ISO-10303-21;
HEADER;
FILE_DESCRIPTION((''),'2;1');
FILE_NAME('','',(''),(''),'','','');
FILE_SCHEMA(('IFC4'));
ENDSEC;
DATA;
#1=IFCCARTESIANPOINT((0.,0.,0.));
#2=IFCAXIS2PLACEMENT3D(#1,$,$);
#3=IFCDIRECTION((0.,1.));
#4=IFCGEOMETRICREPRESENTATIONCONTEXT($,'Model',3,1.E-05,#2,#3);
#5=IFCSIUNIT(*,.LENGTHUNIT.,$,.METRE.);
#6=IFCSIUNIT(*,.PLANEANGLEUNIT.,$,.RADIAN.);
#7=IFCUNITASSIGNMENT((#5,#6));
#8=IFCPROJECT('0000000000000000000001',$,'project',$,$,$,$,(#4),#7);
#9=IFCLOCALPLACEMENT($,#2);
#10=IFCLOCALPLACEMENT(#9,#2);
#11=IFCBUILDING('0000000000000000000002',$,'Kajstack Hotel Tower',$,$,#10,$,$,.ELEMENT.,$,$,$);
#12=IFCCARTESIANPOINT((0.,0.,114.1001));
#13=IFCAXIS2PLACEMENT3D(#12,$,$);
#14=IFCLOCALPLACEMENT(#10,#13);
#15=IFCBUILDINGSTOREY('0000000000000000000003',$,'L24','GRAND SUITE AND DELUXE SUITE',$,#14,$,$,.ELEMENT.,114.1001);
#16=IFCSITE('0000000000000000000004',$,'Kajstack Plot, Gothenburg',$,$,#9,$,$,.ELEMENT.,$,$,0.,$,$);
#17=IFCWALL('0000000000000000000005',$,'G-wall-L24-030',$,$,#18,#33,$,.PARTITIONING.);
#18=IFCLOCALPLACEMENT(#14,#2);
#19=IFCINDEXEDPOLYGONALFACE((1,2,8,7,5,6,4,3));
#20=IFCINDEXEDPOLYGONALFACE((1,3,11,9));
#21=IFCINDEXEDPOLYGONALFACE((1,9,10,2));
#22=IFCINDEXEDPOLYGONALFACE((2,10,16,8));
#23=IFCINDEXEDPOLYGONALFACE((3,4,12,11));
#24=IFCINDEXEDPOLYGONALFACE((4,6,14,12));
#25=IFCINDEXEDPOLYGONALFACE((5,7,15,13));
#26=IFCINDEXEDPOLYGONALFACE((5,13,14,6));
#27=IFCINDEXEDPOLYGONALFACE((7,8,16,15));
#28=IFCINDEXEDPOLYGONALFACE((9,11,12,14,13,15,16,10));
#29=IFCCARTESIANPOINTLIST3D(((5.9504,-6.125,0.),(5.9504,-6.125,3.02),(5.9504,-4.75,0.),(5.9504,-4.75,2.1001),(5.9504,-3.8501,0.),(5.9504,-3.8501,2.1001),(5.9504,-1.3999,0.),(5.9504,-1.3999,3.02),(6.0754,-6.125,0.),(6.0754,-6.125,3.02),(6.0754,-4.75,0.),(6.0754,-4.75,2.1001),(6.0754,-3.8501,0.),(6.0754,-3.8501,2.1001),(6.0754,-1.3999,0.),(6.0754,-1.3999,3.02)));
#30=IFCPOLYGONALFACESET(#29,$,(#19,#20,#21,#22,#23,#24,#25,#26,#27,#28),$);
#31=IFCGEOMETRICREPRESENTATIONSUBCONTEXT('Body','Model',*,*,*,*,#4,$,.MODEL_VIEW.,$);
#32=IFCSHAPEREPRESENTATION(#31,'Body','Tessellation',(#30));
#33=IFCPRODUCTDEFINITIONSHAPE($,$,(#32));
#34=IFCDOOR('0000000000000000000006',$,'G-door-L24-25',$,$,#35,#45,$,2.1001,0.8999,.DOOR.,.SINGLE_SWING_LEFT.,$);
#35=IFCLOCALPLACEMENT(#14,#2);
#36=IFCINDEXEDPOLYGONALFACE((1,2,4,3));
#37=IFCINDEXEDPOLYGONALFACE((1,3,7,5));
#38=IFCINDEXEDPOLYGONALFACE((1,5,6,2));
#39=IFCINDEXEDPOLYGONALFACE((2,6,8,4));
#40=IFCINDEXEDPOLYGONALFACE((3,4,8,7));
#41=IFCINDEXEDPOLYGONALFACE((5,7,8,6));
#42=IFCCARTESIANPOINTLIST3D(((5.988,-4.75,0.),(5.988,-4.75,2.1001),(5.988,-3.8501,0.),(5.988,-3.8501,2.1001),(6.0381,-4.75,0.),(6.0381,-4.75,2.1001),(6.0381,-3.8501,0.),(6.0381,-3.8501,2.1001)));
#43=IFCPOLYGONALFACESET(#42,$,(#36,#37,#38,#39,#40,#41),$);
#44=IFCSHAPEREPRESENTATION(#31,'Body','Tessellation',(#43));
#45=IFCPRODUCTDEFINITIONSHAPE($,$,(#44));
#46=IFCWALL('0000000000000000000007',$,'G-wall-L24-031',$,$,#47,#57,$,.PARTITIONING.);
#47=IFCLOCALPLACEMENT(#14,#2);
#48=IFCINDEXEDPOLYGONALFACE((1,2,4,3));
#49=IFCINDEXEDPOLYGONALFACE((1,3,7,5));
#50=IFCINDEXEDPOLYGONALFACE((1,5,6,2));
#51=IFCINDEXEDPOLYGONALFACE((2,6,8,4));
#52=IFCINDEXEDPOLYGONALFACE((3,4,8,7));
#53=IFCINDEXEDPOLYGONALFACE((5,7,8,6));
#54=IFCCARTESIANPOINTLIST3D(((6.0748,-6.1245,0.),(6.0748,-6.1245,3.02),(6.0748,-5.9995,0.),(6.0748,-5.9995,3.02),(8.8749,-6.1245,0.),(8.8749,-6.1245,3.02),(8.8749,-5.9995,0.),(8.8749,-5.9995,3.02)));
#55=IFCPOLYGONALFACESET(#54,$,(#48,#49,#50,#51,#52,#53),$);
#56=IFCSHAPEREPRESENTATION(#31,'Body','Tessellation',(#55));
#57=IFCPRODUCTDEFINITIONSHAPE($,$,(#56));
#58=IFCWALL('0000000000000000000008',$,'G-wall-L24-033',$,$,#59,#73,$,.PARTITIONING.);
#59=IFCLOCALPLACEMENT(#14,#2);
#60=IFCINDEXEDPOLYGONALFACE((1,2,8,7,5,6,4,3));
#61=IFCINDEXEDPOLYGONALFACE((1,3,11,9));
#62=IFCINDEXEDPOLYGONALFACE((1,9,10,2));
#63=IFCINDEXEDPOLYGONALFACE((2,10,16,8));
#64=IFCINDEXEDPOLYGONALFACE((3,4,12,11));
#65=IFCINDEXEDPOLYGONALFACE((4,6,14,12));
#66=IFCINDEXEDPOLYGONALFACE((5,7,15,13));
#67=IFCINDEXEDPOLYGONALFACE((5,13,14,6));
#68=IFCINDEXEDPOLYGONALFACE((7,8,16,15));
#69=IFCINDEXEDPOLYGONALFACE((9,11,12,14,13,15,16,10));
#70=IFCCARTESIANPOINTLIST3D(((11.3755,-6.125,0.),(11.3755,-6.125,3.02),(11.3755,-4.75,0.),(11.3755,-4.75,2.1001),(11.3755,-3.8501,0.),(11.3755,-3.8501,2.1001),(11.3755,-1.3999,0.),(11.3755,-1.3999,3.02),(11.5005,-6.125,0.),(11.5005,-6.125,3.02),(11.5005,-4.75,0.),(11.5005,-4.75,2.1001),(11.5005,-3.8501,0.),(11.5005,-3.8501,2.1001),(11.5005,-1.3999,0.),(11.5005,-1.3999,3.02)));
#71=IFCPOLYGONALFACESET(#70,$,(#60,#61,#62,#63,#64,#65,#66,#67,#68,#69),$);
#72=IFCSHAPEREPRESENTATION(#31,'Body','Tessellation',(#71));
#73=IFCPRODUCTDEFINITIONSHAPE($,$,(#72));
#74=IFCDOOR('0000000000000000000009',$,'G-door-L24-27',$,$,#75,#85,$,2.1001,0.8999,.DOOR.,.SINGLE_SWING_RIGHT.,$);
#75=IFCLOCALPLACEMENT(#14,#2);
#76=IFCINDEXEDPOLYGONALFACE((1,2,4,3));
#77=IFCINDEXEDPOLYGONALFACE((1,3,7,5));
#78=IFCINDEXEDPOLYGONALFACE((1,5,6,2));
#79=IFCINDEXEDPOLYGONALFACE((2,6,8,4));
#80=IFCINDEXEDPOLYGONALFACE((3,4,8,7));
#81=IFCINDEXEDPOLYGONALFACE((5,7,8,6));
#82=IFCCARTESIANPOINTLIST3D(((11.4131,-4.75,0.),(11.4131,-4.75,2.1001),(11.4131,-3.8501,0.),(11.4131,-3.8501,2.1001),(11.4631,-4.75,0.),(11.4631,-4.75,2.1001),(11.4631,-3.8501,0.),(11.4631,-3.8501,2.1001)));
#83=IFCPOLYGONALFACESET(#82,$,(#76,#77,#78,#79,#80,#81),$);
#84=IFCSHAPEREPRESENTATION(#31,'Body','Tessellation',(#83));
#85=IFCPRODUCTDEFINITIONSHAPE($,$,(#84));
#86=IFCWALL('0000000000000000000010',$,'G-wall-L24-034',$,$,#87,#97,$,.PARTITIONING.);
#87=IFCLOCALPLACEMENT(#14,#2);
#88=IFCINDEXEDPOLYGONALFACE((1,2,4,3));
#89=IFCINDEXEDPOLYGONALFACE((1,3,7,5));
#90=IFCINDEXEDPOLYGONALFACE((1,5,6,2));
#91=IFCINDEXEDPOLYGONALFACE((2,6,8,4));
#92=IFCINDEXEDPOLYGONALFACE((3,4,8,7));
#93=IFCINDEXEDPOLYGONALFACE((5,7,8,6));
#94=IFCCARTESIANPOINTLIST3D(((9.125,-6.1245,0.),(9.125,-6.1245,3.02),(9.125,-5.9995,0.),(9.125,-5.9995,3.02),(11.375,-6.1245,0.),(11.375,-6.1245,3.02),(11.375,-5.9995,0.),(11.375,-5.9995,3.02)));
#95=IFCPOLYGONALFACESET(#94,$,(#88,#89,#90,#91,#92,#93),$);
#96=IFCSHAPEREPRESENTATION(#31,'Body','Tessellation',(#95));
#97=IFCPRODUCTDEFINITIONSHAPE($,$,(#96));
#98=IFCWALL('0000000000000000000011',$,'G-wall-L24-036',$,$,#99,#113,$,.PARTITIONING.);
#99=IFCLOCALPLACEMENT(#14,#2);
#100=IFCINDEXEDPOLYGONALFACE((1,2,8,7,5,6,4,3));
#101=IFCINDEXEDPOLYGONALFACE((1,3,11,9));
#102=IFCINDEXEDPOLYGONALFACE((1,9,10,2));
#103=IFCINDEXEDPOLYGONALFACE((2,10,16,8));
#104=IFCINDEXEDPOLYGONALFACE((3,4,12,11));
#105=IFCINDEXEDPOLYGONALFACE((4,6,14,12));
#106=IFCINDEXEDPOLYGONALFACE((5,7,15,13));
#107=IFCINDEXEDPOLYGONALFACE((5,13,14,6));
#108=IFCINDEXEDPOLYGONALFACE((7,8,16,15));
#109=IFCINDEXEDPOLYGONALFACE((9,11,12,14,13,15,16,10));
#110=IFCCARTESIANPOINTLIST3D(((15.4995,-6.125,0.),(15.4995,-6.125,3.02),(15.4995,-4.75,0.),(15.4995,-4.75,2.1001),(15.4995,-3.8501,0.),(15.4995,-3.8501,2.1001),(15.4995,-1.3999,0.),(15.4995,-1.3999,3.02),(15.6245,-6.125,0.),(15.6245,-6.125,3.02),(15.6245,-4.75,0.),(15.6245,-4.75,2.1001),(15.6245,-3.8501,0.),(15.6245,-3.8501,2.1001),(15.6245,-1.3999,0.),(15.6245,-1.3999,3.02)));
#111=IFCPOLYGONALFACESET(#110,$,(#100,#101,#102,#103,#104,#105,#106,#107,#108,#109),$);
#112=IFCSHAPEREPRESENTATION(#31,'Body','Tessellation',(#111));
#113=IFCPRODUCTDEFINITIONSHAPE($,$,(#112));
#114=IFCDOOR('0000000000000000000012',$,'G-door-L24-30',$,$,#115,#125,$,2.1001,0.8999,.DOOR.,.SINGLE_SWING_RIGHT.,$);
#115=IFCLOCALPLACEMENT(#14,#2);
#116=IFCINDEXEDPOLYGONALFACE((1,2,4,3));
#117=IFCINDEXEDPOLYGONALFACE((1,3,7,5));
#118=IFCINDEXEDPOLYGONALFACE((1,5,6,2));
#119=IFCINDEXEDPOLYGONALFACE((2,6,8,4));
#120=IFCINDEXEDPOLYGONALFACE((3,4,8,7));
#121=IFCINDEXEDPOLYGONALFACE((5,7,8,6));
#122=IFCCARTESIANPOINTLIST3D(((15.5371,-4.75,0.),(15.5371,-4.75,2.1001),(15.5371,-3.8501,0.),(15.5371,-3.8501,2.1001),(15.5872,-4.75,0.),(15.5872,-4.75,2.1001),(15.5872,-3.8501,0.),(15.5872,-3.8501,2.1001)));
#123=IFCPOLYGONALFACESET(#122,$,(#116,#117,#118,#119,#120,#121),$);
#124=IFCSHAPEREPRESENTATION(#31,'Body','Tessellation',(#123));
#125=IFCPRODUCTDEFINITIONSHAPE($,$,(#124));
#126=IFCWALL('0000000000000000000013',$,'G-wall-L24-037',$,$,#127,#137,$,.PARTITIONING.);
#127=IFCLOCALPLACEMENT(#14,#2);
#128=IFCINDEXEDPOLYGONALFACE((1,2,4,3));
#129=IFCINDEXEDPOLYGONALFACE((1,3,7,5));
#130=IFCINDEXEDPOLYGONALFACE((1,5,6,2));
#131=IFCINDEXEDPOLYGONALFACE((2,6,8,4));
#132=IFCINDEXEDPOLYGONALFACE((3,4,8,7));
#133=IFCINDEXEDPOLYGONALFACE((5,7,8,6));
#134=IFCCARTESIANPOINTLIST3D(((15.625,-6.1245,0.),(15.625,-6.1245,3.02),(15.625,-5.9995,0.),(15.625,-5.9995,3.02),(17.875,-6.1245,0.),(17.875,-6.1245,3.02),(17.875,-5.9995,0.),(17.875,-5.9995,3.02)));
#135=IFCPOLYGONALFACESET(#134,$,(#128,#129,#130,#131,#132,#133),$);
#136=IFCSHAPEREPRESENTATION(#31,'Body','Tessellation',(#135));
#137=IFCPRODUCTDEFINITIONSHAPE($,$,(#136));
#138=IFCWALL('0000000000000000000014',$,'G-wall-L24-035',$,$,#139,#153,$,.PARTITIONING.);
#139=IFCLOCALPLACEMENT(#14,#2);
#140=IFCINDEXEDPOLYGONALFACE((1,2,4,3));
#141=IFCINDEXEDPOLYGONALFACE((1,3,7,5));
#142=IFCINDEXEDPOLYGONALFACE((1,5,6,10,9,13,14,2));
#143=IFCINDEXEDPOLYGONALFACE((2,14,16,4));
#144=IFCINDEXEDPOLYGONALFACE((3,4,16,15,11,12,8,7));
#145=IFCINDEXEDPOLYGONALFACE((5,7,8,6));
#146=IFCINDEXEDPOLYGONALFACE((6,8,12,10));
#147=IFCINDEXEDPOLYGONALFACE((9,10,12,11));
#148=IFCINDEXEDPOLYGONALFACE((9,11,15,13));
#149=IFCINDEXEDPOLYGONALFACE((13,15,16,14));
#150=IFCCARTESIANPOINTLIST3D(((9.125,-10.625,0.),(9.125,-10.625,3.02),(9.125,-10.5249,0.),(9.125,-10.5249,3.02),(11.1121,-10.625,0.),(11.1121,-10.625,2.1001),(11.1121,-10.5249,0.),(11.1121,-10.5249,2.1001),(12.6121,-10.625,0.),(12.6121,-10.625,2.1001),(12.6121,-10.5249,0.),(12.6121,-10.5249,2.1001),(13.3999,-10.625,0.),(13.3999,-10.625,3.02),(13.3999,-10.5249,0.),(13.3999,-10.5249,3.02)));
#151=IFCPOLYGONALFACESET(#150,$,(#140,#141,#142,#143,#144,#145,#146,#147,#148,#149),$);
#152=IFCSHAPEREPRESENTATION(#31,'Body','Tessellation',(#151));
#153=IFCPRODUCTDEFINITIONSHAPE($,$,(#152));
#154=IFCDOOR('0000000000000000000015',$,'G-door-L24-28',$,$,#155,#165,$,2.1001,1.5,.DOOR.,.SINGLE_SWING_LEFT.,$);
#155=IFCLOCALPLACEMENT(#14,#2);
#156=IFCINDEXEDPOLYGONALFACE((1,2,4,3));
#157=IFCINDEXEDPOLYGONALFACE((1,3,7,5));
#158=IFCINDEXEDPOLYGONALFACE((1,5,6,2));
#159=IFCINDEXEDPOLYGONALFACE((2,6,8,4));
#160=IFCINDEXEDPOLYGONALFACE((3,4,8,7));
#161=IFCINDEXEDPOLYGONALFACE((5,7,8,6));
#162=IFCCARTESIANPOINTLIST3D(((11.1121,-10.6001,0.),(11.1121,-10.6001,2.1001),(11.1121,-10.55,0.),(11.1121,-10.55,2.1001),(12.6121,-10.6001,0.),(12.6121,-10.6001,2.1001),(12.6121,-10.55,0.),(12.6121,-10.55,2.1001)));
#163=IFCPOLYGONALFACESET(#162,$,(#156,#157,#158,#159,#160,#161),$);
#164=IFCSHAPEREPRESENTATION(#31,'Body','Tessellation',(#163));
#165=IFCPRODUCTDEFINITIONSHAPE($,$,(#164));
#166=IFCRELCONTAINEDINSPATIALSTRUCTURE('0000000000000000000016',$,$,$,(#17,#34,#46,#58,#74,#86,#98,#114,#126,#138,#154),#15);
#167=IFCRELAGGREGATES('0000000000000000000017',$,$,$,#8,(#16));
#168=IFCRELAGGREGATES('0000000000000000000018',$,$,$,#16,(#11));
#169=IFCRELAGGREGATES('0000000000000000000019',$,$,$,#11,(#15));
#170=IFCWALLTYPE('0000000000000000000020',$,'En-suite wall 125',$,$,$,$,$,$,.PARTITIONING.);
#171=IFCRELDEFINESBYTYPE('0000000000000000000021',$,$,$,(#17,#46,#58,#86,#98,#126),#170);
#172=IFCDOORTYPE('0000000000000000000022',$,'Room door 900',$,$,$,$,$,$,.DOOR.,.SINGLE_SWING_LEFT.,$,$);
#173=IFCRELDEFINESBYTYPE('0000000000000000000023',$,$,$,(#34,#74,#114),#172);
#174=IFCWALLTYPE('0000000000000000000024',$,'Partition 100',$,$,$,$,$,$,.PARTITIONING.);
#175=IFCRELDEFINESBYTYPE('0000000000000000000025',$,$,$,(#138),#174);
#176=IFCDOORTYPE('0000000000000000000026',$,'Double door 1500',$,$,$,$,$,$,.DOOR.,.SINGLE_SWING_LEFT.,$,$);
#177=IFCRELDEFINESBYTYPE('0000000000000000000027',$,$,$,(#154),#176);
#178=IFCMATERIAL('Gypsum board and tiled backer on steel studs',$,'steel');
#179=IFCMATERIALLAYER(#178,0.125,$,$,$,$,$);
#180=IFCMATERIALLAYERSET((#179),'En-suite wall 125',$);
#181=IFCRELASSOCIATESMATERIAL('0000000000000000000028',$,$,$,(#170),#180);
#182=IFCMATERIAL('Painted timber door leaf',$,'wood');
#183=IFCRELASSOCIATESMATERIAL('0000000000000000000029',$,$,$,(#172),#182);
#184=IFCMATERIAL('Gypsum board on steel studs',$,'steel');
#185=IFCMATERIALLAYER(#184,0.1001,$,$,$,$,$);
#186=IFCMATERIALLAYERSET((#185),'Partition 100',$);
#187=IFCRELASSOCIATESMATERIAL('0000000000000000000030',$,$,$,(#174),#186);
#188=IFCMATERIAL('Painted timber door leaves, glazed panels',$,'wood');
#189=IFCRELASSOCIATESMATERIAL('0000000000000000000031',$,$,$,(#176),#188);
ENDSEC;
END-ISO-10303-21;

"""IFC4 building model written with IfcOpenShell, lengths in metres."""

from ifc_helpers import new_model, si_unit, direction, frame, frame_2d, origin, place, context, subcontext, project, spatial, rectangle, extrude, material, layer, layer_set, type_object, element, fill, save


model = new_model("IFC4")

# Units and contexts
model_context = context("Model", 3, precision=1e-05, world=origin(), true_north=direction((0.0, 1.0)))
body_context = subcontext(model_context, "Body", "Model", "MODEL_VIEW")
ifc_project = project(units=[si_unit("LENGTHUNIT", "METRE"), si_unit("PLANEANGLEUNIT", "RADIAN")], contexts=[model_context])

# Site, building, storey
site_placement = place(None, origin())
site = spatial("IfcSite", under=ifc_project, at=site_placement, Name="Kajstack Plot, Gothenburg", CompositionType="ELEMENT", RefElevation=0.0)
building_placement = place(site_placement, origin())
building = spatial("IfcBuilding", under=site, at=building_placement, Name="Kajstack Hotel Tower", CompositionType="ELEMENT")
storey_placement = place(building_placement, frame((0.0, 0.0, 114.1001)))
storey = spatial("IfcBuildingStorey", under=building, at=storey_placement, Name="L24", Description="GRAND SUITE AND DELUXE SUITE", CompositionType="ELEMENT", Elevation=114.1001)

# Wall, opening, door
ifc_material_1 = material(Name="Gypsum board and tiled backer on steel studs", Category="steel")
ifc_layer_1 = layer(ifc_material_1, 0.125)
ifc_layer_set_1 = layer_set([ifc_layer_1], Name="En-suite wall 125")
wall_type_1 = type_object("IfcWallType", Name="En-suite wall 125", PredefinedType="PARTITIONING", material=ifc_layer_set_1)
ifc_material_2 = material(Name="Painted timber door leaf", Category="wood")
door_type_1 = type_object("IfcDoorType", Name="Room door 900", OperationType="SINGLE_SWING_LEFT", PredefinedType="DOOR", material=ifc_material_2)
wall_1_placement = place(storey_placement, frame((6.0129, -6.125, 0.0), z_axis=(0.0, 0.0, 1.0), x_axis=(0.0, 1.0, 0.0)))
wall_1 = element("IfcWall", 1, at=wall_1_placement, inside=storey, type_object=wall_type_1, Name="G-wall-L24-030", PredefinedType="PARTITIONING", context=body_context, shape_type="SweptSolid", body=[
    extrude(rectangle(XDim=4.7251, YDim=0.125, at=frame_2d((2.3625, 0.0))), origin(), (0.0, 0.0, 1.0), 3.02),
])
opening_1_placement = place(wall_1_placement, frame((1.375, 0.0, 0.0)))
opening_1 = element("IfcOpeningElement", 2, at=opening_1_placement, cuts=wall_1, PredefinedType="OPENING", context=body_context, shape_type="SweptSolid", body=[
    extrude(rectangle(XDim=0.8999, YDim=2.1001, at=frame_2d((0.45, 1.05))), frame((0.0, 0.0725, 0.0), z_axis=(0.0, -1.0, 0.0), x_axis=(1.0, 0.0, 0.0)), (0.0, 0.0, 1.0), 0.145),
])
door_1_placement = place(opening_1_placement, origin())
door_1 = element("IfcDoor", 3, at=door_1_placement, inside=storey, type_object=door_type_1, Name="G-door-L24-25", OperationType="SINGLE_SWING_LEFT", OverallHeight=2.1001, OverallWidth=0.8999, PredefinedType="DOOR", context=body_context, shape_type="SweptSolid", body=[
    extrude(rectangle(XDim=0.8999, YDim=2.1001, at=frame_2d((0.45, 1.05))), frame((0.0, 0.0249, 0.0), z_axis=(0.0, -1.0, 0.0), x_axis=(1.0, 0.0, 0.0)), (0.0, 0.0, 1.0), 0.05),
])
fill(opening_1, door_1)

# Wall
wall_2_placement = place(storey_placement, frame((6.075, -6.062, 0.0), z_axis=(0.0, 0.0, 1.0), x_axis=(1.0, 0.0, 0.0)))
element("IfcWall", 4, at=wall_2_placement, inside=storey, type_object=wall_type_1, Name="G-wall-L24-031", PredefinedType="PARTITIONING", context=body_context, shape_type="SweptSolid", body=[
    extrude(rectangle(XDim=2.8, YDim=0.125, at=frame_2d((1.3999, 0.0))), origin(), (0.0, 0.0, 1.0), 3.02),
])

# Wall, opening, door
wall_3_placement = place(storey_placement, frame((11.438, -6.125, 0.0), z_axis=(0.0, 0.0, 1.0), x_axis=(0.0, 1.0, 0.0)))
wall_3 = element("IfcWall", 5, at=wall_3_placement, inside=storey, type_object=wall_type_1, Name="G-wall-L24-033", PredefinedType="PARTITIONING", context=body_context, shape_type="SweptSolid", body=[
    extrude(rectangle(XDim=4.7251, YDim=0.125, at=frame_2d((2.3625, 0.0))), origin(), (0.0, 0.0, 1.0), 3.02),
])
opening_2_placement = place(wall_3_placement, frame((1.375, 0.0, 0.0)))
opening_2 = element("IfcOpeningElement", 6, at=opening_2_placement, cuts=wall_3, PredefinedType="OPENING", context=body_context, shape_type="SweptSolid", body=[
    extrude(rectangle(XDim=0.8999, YDim=2.1001, at=frame_2d((0.45, 1.05))), frame((0.0, 0.0725, 0.0), z_axis=(0.0, -1.0, 0.0), x_axis=(1.0, 0.0, 0.0)), (0.0, 0.0, 1.0), 0.145),
])
door_2_placement = place(opening_2_placement, origin())
door_2 = element("IfcDoor", 7, at=door_2_placement, inside=storey, type_object=door_type_1, Name="G-door-L24-27", OperationType="SINGLE_SWING_RIGHT", OverallHeight=2.1001, OverallWidth=0.8999, PredefinedType="DOOR", context=body_context, shape_type="SweptSolid", body=[
    extrude(rectangle(XDim=0.8999, YDim=2.1001, at=frame_2d((0.45, 1.05))), frame((0.0, 0.0249, 0.0), z_axis=(0.0, -1.0, 0.0), x_axis=(1.0, 0.0, 0.0)), (0.0, 0.0, 1.0), 0.05),
])
fill(opening_2, door_2)

# Wall
wall_4_placement = place(storey_placement, frame((9.125, -6.062, 0.0), z_axis=(0.0, 0.0, 1.0), x_axis=(1.0, 0.0, 0.0)))
element("IfcWall", 8, at=wall_4_placement, inside=storey, type_object=wall_type_1, Name="G-wall-L24-034", PredefinedType="PARTITIONING", context=body_context, shape_type="SweptSolid", body=[
    extrude(rectangle(XDim=2.25, YDim=0.125, at=frame_2d((1.125, 0.0))), origin(), (0.0, 0.0, 1.0), 3.02),
])

# Wall, opening, door
wall_5_placement = place(storey_placement, frame((15.562, -6.125, 0.0), z_axis=(0.0, 0.0, 1.0), x_axis=(0.0, 1.0, 0.0)))
wall_5 = element("IfcWall", 9, at=wall_5_placement, inside=storey, type_object=wall_type_1, Name="G-wall-L24-036", PredefinedType="PARTITIONING", context=body_context, shape_type="SweptSolid", body=[
    extrude(rectangle(XDim=4.7251, YDim=0.125, at=frame_2d((2.3625, 0.0))), origin(), (0.0, 0.0, 1.0), 3.02),
])
opening_3_placement = place(wall_5_placement, frame((1.375, 0.0, 0.0)))
opening_3 = element("IfcOpeningElement", 10, at=opening_3_placement, cuts=wall_5, PredefinedType="OPENING", context=body_context, shape_type="SweptSolid", body=[
    extrude(rectangle(XDim=0.8999, YDim=2.1001, at=frame_2d((0.45, 1.05))), frame((0.0, 0.0725, 0.0), z_axis=(0.0, -1.0, 0.0), x_axis=(1.0, 0.0, 0.0)), (0.0, 0.0, 1.0), 0.145),
])
door_3_placement = place(opening_3_placement, origin())
door_3 = element("IfcDoor", 11, at=door_3_placement, inside=storey, type_object=door_type_1, Name="G-door-L24-30", OperationType="SINGLE_SWING_RIGHT", OverallHeight=2.1001, OverallWidth=0.8999, PredefinedType="DOOR", context=body_context, shape_type="SweptSolid", body=[
    extrude(rectangle(XDim=0.8999, YDim=2.1001, at=frame_2d((0.45, 1.05))), frame((0.0, 0.0249, 0.0), z_axis=(0.0, -1.0, 0.0), x_axis=(1.0, 0.0, 0.0)), (0.0, 0.0, 1.0), 0.05),
])
fill(opening_3, door_3)

# Wall
wall_6_placement = place(storey_placement, frame((15.625, -6.062, 0.0), z_axis=(0.0, 0.0, 1.0), x_axis=(1.0, 0.0, 0.0)))
element("IfcWall", 12, at=wall_6_placement, inside=storey, type_object=wall_type_1, Name="G-wall-L24-037", PredefinedType="PARTITIONING", context=body_context, shape_type="SweptSolid", body=[
    extrude(rectangle(XDim=2.25, YDim=0.125, at=frame_2d((1.125, 0.0))), origin(), (0.0, 0.0, 1.0), 3.02),
])

# Wall, opening, door
ifc_material_3 = material(Name="Gypsum board on steel studs", Category="steel")
ifc_layer_2 = layer(ifc_material_3, 0.1001)
ifc_layer_set_2 = layer_set([ifc_layer_2], Name="Partition 100")
wall_type_2 = type_object("IfcWallType", Name="Partition 100", PredefinedType="PARTITIONING", material=ifc_layer_set_2)
wall_7_placement = place(storey_placement, frame((9.125, -10.575, 0.0), z_axis=(0.0, 0.0, 1.0), x_axis=(1.0, 0.0, 0.0)))
wall_7 = element("IfcWall", 13, at=wall_7_placement, inside=storey, type_object=wall_type_2, Name="G-wall-L24-035", PredefinedType="PARTITIONING", context=body_context, shape_type="SweptSolid", body=[
    extrude(rectangle(XDim=4.2749, YDim=0.1001, at=frame_2d((2.1375, 0.0))), origin(), (0.0, 0.0, 1.0), 3.02),
])
opening_4_placement = place(wall_7_placement, frame((1.9871, 0.0, 0.0)))
opening_4 = element("IfcOpeningElement", 14, at=opening_4_placement, cuts=wall_7, PredefinedType="OPENING", context=body_context, shape_type="SweptSolid", body=[
    extrude(rectangle(XDim=1.5, YDim=2.1001, at=frame_2d((0.75, 1.05))), frame((0.0, 0.0601, 0.0), z_axis=(0.0, -1.0, 0.0), x_axis=(1.0, 0.0, 0.0)), (0.0, 0.0, 1.0), 0.1201),
])
ifc_material_4 = material(Name="Painted timber door leaves, glazed panels", Category="wood")
door_type_2 = type_object("IfcDoorType", Name="Double door 1500", OperationType="SINGLE_SWING_LEFT", PredefinedType="DOOR", material=ifc_material_4)
door_4_placement = place(opening_4_placement, origin())
door_4 = element("IfcDoor", 15, at=door_4_placement, inside=storey, type_object=door_type_2, Name="G-door-L24-28", OperationType="SINGLE_SWING_LEFT", OverallHeight=2.1001, OverallWidth=1.5, PredefinedType="DOOR", context=body_context, shape_type="SweptSolid", body=[
    extrude(rectangle(XDim=1.5, YDim=2.1001, at=frame_2d((0.75, 1.05))), frame((0.0, 0.0249, 0.0), z_axis=(0.0, -1.0, 0.0), x_axis=(1.0, 0.0, 0.0)), (0.0, 0.0, 1.0), 0.05),
])
fill(opening_4, door_4)

save(model, "model.ifc")
